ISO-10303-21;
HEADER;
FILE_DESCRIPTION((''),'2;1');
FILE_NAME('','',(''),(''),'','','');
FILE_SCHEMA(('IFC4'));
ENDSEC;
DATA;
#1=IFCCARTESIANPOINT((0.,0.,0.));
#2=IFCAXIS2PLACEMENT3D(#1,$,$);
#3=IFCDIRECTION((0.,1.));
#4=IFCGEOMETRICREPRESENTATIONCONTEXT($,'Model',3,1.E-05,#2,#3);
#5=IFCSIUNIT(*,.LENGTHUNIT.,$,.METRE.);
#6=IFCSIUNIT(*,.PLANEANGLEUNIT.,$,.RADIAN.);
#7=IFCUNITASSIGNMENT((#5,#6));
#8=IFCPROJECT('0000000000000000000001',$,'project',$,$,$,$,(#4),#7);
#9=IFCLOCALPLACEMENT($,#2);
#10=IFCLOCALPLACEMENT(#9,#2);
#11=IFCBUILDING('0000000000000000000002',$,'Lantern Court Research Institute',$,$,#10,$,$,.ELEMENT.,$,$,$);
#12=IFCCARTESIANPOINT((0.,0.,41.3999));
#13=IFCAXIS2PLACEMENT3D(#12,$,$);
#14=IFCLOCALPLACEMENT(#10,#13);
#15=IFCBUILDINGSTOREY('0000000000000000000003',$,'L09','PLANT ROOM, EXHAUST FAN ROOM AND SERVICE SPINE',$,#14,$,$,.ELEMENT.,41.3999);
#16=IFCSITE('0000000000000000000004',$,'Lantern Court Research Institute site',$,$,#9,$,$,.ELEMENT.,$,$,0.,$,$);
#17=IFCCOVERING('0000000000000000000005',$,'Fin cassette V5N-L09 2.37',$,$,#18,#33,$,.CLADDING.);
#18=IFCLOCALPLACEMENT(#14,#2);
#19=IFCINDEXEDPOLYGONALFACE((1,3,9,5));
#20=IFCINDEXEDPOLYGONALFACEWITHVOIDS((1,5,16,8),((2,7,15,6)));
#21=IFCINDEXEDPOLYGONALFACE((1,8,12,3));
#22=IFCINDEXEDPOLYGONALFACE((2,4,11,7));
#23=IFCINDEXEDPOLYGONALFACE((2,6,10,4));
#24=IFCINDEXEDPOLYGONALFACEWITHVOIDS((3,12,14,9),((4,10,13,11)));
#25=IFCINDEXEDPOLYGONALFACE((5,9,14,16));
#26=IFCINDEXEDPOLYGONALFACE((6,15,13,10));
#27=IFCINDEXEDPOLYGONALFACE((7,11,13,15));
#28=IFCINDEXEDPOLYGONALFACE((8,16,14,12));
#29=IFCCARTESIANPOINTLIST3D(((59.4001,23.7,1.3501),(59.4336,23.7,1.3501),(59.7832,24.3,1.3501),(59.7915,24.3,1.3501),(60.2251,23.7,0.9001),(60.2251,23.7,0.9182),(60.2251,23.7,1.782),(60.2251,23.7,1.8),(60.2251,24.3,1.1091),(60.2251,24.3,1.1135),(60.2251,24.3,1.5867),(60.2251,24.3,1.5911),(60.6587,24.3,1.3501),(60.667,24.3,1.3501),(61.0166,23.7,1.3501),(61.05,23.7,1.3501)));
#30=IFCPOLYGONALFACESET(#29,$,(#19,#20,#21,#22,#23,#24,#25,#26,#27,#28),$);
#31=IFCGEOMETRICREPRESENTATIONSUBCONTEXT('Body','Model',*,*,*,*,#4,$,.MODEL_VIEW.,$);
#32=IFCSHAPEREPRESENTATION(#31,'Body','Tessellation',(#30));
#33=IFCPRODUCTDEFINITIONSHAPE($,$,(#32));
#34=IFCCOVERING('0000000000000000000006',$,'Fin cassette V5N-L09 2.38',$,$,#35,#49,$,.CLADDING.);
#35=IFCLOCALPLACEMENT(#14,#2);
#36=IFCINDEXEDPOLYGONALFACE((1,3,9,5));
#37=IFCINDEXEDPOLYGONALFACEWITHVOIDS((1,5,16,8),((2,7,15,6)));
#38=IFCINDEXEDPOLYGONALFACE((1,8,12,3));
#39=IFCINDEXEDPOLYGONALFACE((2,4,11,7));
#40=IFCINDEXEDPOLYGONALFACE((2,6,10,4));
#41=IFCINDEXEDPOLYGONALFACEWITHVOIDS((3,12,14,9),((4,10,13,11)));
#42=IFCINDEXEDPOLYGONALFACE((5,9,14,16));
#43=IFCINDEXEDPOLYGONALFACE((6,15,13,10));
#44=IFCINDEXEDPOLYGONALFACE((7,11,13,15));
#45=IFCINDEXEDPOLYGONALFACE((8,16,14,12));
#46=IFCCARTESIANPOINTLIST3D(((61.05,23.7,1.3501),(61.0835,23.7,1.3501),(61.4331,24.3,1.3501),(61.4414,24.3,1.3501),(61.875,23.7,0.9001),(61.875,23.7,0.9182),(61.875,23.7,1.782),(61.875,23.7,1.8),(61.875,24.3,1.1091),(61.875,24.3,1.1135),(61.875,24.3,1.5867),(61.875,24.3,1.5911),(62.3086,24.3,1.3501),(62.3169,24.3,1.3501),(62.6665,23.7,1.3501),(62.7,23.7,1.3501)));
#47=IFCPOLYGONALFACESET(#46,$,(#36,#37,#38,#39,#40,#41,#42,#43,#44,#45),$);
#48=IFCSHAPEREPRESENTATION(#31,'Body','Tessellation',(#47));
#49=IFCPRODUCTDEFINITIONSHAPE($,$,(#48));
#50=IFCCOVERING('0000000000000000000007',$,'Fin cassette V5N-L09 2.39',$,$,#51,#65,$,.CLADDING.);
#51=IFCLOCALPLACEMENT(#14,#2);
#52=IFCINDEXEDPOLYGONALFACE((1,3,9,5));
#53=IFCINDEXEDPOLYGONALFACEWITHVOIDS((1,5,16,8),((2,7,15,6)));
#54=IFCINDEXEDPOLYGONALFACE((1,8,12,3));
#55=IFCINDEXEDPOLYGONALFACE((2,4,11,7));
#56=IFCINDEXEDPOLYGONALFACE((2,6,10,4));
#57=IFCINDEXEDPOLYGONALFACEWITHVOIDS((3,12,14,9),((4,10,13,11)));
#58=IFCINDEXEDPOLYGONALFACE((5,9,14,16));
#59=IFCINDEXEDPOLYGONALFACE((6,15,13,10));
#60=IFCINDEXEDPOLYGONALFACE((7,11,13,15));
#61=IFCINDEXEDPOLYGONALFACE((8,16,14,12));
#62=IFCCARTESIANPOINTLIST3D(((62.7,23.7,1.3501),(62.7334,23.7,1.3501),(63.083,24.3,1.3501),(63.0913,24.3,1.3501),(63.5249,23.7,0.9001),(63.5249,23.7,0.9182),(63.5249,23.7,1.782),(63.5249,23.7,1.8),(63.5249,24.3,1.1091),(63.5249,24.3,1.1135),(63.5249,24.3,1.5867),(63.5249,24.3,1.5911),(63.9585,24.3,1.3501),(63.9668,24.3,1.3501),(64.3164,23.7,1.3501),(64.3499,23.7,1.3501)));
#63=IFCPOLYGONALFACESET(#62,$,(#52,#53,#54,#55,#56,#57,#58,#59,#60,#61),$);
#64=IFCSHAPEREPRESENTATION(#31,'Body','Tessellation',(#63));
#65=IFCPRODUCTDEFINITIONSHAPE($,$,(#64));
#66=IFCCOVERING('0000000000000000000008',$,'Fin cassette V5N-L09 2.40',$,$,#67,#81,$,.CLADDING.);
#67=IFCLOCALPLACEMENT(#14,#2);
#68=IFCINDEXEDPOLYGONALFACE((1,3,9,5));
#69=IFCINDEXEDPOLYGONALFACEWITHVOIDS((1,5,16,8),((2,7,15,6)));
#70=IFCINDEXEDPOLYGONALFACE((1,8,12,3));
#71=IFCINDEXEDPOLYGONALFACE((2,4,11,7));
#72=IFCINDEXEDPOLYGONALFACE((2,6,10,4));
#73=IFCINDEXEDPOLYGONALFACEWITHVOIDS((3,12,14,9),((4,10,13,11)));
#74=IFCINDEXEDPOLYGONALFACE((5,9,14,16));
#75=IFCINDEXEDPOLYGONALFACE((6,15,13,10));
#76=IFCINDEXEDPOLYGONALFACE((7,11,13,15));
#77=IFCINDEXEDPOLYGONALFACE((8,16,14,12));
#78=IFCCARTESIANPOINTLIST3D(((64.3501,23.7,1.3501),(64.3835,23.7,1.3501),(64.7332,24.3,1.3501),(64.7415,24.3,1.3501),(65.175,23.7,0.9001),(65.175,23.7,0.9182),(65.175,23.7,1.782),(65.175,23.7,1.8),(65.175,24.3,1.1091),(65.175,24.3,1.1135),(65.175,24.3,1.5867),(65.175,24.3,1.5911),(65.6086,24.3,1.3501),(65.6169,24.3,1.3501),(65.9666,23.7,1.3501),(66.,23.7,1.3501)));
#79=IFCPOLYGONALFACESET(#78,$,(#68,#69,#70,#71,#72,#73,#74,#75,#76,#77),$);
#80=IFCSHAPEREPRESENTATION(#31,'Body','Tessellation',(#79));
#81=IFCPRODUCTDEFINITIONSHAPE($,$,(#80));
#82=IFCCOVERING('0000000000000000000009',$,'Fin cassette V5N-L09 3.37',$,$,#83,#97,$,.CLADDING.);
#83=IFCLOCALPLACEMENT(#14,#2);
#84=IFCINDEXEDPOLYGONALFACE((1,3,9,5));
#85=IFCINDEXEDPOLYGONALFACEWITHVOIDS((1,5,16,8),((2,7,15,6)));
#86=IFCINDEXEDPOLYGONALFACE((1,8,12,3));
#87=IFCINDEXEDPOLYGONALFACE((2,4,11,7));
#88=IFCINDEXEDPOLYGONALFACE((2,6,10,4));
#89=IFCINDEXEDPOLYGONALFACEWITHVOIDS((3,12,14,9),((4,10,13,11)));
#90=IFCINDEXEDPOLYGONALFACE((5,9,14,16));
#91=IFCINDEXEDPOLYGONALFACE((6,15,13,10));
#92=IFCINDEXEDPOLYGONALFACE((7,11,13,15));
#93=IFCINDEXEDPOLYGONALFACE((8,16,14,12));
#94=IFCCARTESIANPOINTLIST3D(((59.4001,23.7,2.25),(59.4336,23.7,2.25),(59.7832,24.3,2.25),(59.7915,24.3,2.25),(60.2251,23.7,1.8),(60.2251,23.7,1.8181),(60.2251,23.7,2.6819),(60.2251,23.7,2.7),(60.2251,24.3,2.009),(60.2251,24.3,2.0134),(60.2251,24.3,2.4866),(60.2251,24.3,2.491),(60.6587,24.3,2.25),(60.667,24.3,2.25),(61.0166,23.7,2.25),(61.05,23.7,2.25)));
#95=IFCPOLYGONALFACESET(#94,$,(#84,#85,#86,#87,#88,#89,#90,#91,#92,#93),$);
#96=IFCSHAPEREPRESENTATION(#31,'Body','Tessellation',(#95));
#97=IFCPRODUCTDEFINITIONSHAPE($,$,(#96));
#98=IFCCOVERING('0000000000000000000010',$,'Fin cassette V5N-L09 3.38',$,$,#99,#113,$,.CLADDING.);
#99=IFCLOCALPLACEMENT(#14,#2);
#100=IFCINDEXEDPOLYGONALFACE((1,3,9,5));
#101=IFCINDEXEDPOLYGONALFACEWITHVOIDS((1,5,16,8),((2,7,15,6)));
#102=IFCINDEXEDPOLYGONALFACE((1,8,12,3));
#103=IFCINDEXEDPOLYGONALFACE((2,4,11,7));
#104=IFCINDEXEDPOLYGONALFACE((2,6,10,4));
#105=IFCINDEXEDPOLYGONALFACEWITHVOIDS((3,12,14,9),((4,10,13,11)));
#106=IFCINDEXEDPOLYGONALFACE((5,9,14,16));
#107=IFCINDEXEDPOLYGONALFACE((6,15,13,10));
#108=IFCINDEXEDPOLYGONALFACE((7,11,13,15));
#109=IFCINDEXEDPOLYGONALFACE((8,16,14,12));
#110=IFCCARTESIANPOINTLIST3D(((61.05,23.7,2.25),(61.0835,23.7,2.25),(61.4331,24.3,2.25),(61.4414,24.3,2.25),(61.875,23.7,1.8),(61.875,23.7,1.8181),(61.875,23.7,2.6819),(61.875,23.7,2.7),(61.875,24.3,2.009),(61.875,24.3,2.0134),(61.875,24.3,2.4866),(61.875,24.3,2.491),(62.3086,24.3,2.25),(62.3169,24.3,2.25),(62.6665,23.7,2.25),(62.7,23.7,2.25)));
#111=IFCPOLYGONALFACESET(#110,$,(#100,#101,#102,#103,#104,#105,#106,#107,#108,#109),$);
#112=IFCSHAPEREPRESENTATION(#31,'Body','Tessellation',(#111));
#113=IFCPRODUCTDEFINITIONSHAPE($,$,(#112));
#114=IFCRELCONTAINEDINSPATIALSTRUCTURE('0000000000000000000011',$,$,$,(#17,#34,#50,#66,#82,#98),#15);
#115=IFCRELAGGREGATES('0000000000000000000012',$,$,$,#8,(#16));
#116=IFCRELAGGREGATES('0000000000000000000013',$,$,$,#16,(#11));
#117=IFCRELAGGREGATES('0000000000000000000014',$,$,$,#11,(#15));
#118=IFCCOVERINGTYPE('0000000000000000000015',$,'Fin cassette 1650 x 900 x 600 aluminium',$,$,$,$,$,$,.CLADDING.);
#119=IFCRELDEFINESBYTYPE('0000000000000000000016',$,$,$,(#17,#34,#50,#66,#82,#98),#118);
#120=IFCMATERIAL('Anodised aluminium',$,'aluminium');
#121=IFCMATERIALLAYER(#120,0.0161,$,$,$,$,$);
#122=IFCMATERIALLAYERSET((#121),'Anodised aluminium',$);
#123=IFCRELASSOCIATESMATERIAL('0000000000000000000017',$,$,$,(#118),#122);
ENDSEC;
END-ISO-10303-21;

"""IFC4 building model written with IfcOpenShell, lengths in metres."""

from ifc_helpers import new_model, entity, si_unit, direction, frame, origin, place, context, subcontext, project, spatial, material, layer, layer_set, type_object, element, save


model = new_model("IFC4")

# Units and contexts
model_context = context("Model", 3, precision=1e-05, world=origin(), true_north=direction((0.0, 1.0)))
body_context = subcontext(model_context, "Body", "Model", "MODEL_VIEW")
ifc_project = project(units=[si_unit("LENGTHUNIT", "METRE"), si_unit("PLANEANGLEUNIT", "RADIAN")], contexts=[model_context])

# Site, building, storey
site_placement = place(None, origin())
site = spatial("IfcSite", under=ifc_project, at=site_placement, Name="Lantern Court Research Institute site", CompositionType="ELEMENT", RefElevation=0.0)
building_placement = place(site_placement, origin())
building = spatial("IfcBuilding", under=site, at=building_placement, Name="Lantern Court Research Institute", CompositionType="ELEMENT")
storey_placement = place(building_placement, frame((0.0, 0.0, 41.3999)))
storey = spatial("IfcBuildingStorey", under=building, at=storey_placement, Name="L09", Description="PLANT ROOM, EXHAUST FAN ROOM AND SERVICE SPINE", CompositionType="ELEMENT", Elevation=41.3999)

# Coverings
ifc_material_1 = material(Name="Anodised aluminium", Category="aluminium")
ifc_layer_1 = layer(ifc_material_1, 0.0161)
ifc_layer_set_1 = layer_set([ifc_layer_1], Name="Anodised aluminium")
covering_type = type_object("IfcCoveringType", Name="Fin cassette 1650 x 900 x 600 aluminium", PredefinedType="CLADDING", material=ifc_layer_set_1)
covering_1_placement = place(storey_placement, frame((60.2251, 23.7, 1.3501), z_axis=(0.0, 1.0, 0.0), x_axis=(-1.0, 0.0, 0.0)))
cartesian_point_1 = entity("IfcCartesianPoint", [0.825, 0.0])
cartesian_point_2 = entity("IfcCartesianPoint", [0.7915, 0.0])
cartesian_point_3 = entity("IfcCartesianPoint", [0.4419, 0.0])
cartesian_point_4 = entity("IfcCartesianPoint", [0.4336, 0.0])
element("IfcCovering", 1, at=covering_1_placement, inside=storey, type_object=covering_type, Name="Fin cassette V5N-L09 2.37", PredefinedType="CLADDING", context=body_context, shape_type="SweptSolid", body=[
    entity("IfcExtrudedAreaSolidTapered", entity("IfcArbitraryProfileDefWithVoids", "AREA", None, entity("IfcPolyline", [cartesian_point_1, entity("IfcCartesianPoint", [0.0, 0.45]), entity("IfcCartesianPoint", [-0.825, 0.0]), entity("IfcCartesianPoint", [0.0, -0.45]), cartesian_point_1]), [entity("IfcPolyline", [cartesian_point_2, entity("IfcCartesianPoint", [0.0, 0.4319]), entity("IfcCartesianPoint", [-0.7915, 0.0]), entity("IfcCartesianPoint", [0.0, -0.4319]), cartesian_point_2])]), entity("IfcAxis2Placement3D", entity("IfcCartesianPoint", [0.0, 0.0, 0.0])), entity("IfcDirection", [0.0, 0.0, 1.0]), 0.6001, entity("IfcArbitraryProfileDefWithVoids", "AREA", None, entity("IfcPolyline", [cartesian_point_3, entity("IfcCartesianPoint", [0.0, 0.241]), entity("IfcCartesianPoint", [-0.4419, 0.0]), entity("IfcCartesianPoint", [0.0, -0.241]), cartesian_point_3]), [entity("IfcPolyline", [cartesian_point_4, entity("IfcCartesianPoint", [0.0, 0.2366]), entity("IfcCartesianPoint", [-0.4336, 0.0]), entity("IfcCartesianPoint", [0.0, -0.2366]), cartesian_point_4])])),
])
covering_2_placement = place(storey_placement, frame((61.875, 23.7, 1.3501), z_axis=(0.0, 1.0, 0.0), x_axis=(-1.0, 0.0, 0.0)))
cartesian_point_5 = entity("IfcCartesianPoint", [0.825, 0.0])
cartesian_point_6 = entity("IfcCartesianPoint", [0.7915, 0.0])
cartesian_point_7 = entity("IfcCartesianPoint", [0.4419, 0.0])
cartesian_point_8 = entity("IfcCartesianPoint", [0.4336, 0.0])
element("IfcCovering", 2, at=covering_2_placement, inside=storey, type_object=covering_type, Name="Fin cassette V5N-L09 2.38", PredefinedType="CLADDING", context=body_context, shape_type="SweptSolid", body=[
    entity("IfcExtrudedAreaSolidTapered", entity("IfcArbitraryProfileDefWithVoids", "AREA", None, entity("IfcPolyline", [cartesian_point_5, entity("IfcCartesianPoint", [0.0, 0.45]), entity("IfcCartesianPoint", [-0.825, 0.0]), entity("IfcCartesianPoint", [0.0, -0.45]), cartesian_point_5]), [entity("IfcPolyline", [cartesian_point_6, entity("IfcCartesianPoint", [0.0, 0.4319]), entity("IfcCartesianPoint", [-0.7915, 0.0]), entity("IfcCartesianPoint", [0.0, -0.4319]), cartesian_point_6])]), entity("IfcAxis2Placement3D", entity("IfcCartesianPoint", [0.0, 0.0, 0.0])), entity("IfcDirection", [0.0, 0.0, 1.0]), 0.6001, entity("IfcArbitraryProfileDefWithVoids", "AREA", None, entity("IfcPolyline", [cartesian_point_7, entity("IfcCartesianPoint", [0.0, 0.241]), entity("IfcCartesianPoint", [-0.4419, 0.0]), entity("IfcCartesianPoint", [0.0, -0.241]), cartesian_point_7]), [entity("IfcPolyline", [cartesian_point_8, entity("IfcCartesianPoint", [0.0, 0.2366]), entity("IfcCartesianPoint", [-0.4336, 0.0]), entity("IfcCartesianPoint", [0.0, -0.2366]), cartesian_point_8])])),
])
covering_3_placement = place(storey_placement, frame((63.5249, 23.7, 1.3501), z_axis=(0.0, 1.0, 0.0), x_axis=(-1.0, 0.0, 0.0)))
cartesian_point_9 = entity("IfcCartesianPoint", [0.825, 0.0])
cartesian_point_10 = entity("IfcCartesianPoint", [0.7915, 0.0])
cartesian_point_11 = entity("IfcCartesianPoint", [0.4419, 0.0])
cartesian_point_12 = entity("IfcCartesianPoint", [0.4336, 0.0])
element("IfcCovering", 3, at=covering_3_placement, inside=storey, type_object=covering_type, Name="Fin cassette V5N-L09 2.39", PredefinedType="CLADDING", context=body_context, shape_type="SweptSolid", body=[
    entity("IfcExtrudedAreaSolidTapered", entity("IfcArbitraryProfileDefWithVoids", "AREA", None, entity("IfcPolyline", [cartesian_point_9, entity("IfcCartesianPoint", [0.0, 0.45]), entity("IfcCartesianPoint", [-0.825, 0.0]), entity("IfcCartesianPoint", [0.0, -0.45]), cartesian_point_9]), [entity("IfcPolyline", [cartesian_point_10, entity("IfcCartesianPoint", [0.0, 0.4319]), entity("IfcCartesianPoint", [-0.7915, 0.0]), entity("IfcCartesianPoint", [0.0, -0.4319]), cartesian_point_10])]), entity("IfcAxis2Placement3D", entity("IfcCartesianPoint", [0.0, 0.0, 0.0])), entity("IfcDirection", [0.0, 0.0, 1.0]), 0.6001, entity("IfcArbitraryProfileDefWithVoids", "AREA", None, entity("IfcPolyline", [cartesian_point_11, entity("IfcCartesianPoint", [0.0, 0.241]), entity("IfcCartesianPoint", [-0.4419, 0.0]), entity("IfcCartesianPoint", [0.0, -0.241]), cartesian_point_11]), [entity("IfcPolyline", [cartesian_point_12, entity("IfcCartesianPoint", [0.0, 0.2366]), entity("IfcCartesianPoint", [-0.4336, 0.0]), entity("IfcCartesianPoint", [0.0, -0.2366]), cartesian_point_12])])),
])
covering_4_placement = place(storey_placement, frame((65.175, 23.7, 1.3501), z_axis=(0.0, 1.0, 0.0), x_axis=(-1.0, 0.0, 0.0)))
cartesian_point_13 = entity("IfcCartesianPoint", [0.825, 0.0])
cartesian_point_14 = entity("IfcCartesianPoint", [0.7915, 0.0])
cartesian_point_15 = entity("IfcCartesianPoint", [0.4419, 0.0])
cartesian_point_16 = entity("IfcCartesianPoint", [0.4336, 0.0])
element("IfcCovering", 4, at=covering_4_placement, inside=storey, type_object=covering_type, Name="Fin cassette V5N-L09 2.40", PredefinedType="CLADDING", context=body_context, shape_type="SweptSolid", body=[
    entity("IfcExtrudedAreaSolidTapered", entity("IfcArbitraryProfileDefWithVoids", "AREA", None, entity("IfcPolyline", [cartesian_point_13, entity("IfcCartesianPoint", [0.0, 0.45]), entity("IfcCartesianPoint", [-0.825, 0.0]), entity("IfcCartesianPoint", [0.0, -0.45]), cartesian_point_13]), [entity("IfcPolyline", [cartesian_point_14, entity("IfcCartesianPoint", [0.0, 0.4319]), entity("IfcCartesianPoint", [-0.7915, 0.0]), entity("IfcCartesianPoint", [0.0, -0.4319]), cartesian_point_14])]), entity("IfcAxis2Placement3D", entity("IfcCartesianPoint", [0.0, 0.0, 0.0])), entity("IfcDirection", [0.0, 0.0, 1.0]), 0.6001, entity("IfcArbitraryProfileDefWithVoids", "AREA", None, entity("IfcPolyline", [cartesian_point_15, entity("IfcCartesianPoint", [0.0, 0.241]), entity("IfcCartesianPoint", [-0.4419, 0.0]), entity("IfcCartesianPoint", [0.0, -0.241]), cartesian_point_15]), [entity("IfcPolyline", [cartesian_point_16, entity("IfcCartesianPoint", [0.0, 0.2366]), entity("IfcCartesianPoint", [-0.4336, 0.0]), entity("IfcCartesianPoint", [0.0, -0.2366]), cartesian_point_16])])),
])
covering_5_placement = place(storey_placement, frame((60.2251, 23.7, 2.25), z_axis=(0.0, 1.0, 0.0), x_axis=(-1.0, 0.0, 0.0)))
cartesian_point_17 = entity("IfcCartesianPoint", [0.825, 0.0])
cartesian_point_18 = entity("IfcCartesianPoint", [0.7915, 0.0])
cartesian_point_19 = entity("IfcCartesianPoint", [0.4419, 0.0])
cartesian_point_20 = entity("IfcCartesianPoint", [0.4336, 0.0])
element("IfcCovering", 5, at=covering_5_placement, inside=storey, type_object=covering_type, Name="Fin cassette V5N-L09 3.37", PredefinedType="CLADDING", context=body_context, shape_type="SweptSolid", body=[
    entity("IfcExtrudedAreaSolidTapered", entity("IfcArbitraryProfileDefWithVoids", "AREA", None, entity("IfcPolyline", [cartesian_point_17, entity("IfcCartesianPoint", [0.0, 0.45]), entity("IfcCartesianPoint", [-0.825, 0.0]), entity("IfcCartesianPoint", [0.0, -0.45]), cartesian_point_17]), [entity("IfcPolyline", [cartesian_point_18, entity("IfcCartesianPoint", [0.0, 0.4319]), entity("IfcCartesianPoint", [-0.7915, 0.0]), entity("IfcCartesianPoint", [0.0, -0.4319]), cartesian_point_18])]), entity("IfcAxis2Placement3D", entity("IfcCartesianPoint", [0.0, 0.0, 0.0])), entity("IfcDirection", [0.0, 0.0, 1.0]), 0.6001, entity("IfcArbitraryProfileDefWithVoids", "AREA", None, entity("IfcPolyline", [cartesian_point_19, entity("IfcCartesianPoint", [0.0, 0.241]), entity("IfcCartesianPoint", [-0.4419, 0.0]), entity("IfcCartesianPoint", [0.0, -0.241]), cartesian_point_19]), [entity("IfcPolyline", [cartesian_point_20, entity("IfcCartesianPoint", [0.0, 0.2366]), entity("IfcCartesianPoint", [-0.4336, 0.0]), entity("IfcCartesianPoint", [0.0, -0.2366]), cartesian_point_20])])),
])
covering_6_placement = place(storey_placement, frame((61.875, 23.7, 2.25), z_axis=(0.0, 1.0, 0.0), x_axis=(-1.0, 0.0, 0.0)))
cartesian_point_21 = entity("IfcCartesianPoint", [0.825, 0.0])
cartesian_point_22 = entity("IfcCartesianPoint", [0.7915, 0.0])
cartesian_point_23 = entity("IfcCartesianPoint", [0.4419, 0.0])
cartesian_point_24 = entity("IfcCartesianPoint", [0.4336, 0.0])
element("IfcCovering", 6, at=covering_6_placement, inside=storey, type_object=covering_type, Name="Fin cassette V5N-L09 3.38", PredefinedType="CLADDING", context=body_context, shape_type="SweptSolid", body=[
    entity("IfcExtrudedAreaSolidTapered", entity("IfcArbitraryProfileDefWithVoids", "AREA", None, entity("IfcPolyline", [cartesian_point_21, entity("IfcCartesianPoint", [0.0, 0.45]), entity("IfcCartesianPoint", [-0.825, 0.0]), entity("IfcCartesianPoint", [0.0, -0.45]), cartesian_point_21]), [entity("IfcPolyline", [cartesian_point_22, entity("IfcCartesianPoint", [0.0, 0.4319]), entity("IfcCartesianPoint", [-0.7915, 0.0]), entity("IfcCartesianPoint", [0.0, -0.4319]), cartesian_point_22])]), entity("IfcAxis2Placement3D", entity("IfcCartesianPoint", [0.0, 0.0, 0.0])), entity("IfcDirection", [0.0, 0.0, 1.0]), 0.6001, entity("IfcArbitraryProfileDefWithVoids", "AREA", None, entity("IfcPolyline", [cartesian_point_23, entity("IfcCartesianPoint", [0.0, 0.241]), entity("IfcCartesianPoint", [-0.4419, 0.0]), entity("IfcCartesianPoint", [0.0, -0.241]), cartesian_point_23]), [entity("IfcPolyline", [cartesian_point_24, entity("IfcCartesianPoint", [0.0, 0.2366]), entity("IfcCartesianPoint", [-0.4336, 0.0]), entity("IfcCartesianPoint", [0.0, -0.2366]), cartesian_point_24])])),
])

save(model, "model.ifc")
